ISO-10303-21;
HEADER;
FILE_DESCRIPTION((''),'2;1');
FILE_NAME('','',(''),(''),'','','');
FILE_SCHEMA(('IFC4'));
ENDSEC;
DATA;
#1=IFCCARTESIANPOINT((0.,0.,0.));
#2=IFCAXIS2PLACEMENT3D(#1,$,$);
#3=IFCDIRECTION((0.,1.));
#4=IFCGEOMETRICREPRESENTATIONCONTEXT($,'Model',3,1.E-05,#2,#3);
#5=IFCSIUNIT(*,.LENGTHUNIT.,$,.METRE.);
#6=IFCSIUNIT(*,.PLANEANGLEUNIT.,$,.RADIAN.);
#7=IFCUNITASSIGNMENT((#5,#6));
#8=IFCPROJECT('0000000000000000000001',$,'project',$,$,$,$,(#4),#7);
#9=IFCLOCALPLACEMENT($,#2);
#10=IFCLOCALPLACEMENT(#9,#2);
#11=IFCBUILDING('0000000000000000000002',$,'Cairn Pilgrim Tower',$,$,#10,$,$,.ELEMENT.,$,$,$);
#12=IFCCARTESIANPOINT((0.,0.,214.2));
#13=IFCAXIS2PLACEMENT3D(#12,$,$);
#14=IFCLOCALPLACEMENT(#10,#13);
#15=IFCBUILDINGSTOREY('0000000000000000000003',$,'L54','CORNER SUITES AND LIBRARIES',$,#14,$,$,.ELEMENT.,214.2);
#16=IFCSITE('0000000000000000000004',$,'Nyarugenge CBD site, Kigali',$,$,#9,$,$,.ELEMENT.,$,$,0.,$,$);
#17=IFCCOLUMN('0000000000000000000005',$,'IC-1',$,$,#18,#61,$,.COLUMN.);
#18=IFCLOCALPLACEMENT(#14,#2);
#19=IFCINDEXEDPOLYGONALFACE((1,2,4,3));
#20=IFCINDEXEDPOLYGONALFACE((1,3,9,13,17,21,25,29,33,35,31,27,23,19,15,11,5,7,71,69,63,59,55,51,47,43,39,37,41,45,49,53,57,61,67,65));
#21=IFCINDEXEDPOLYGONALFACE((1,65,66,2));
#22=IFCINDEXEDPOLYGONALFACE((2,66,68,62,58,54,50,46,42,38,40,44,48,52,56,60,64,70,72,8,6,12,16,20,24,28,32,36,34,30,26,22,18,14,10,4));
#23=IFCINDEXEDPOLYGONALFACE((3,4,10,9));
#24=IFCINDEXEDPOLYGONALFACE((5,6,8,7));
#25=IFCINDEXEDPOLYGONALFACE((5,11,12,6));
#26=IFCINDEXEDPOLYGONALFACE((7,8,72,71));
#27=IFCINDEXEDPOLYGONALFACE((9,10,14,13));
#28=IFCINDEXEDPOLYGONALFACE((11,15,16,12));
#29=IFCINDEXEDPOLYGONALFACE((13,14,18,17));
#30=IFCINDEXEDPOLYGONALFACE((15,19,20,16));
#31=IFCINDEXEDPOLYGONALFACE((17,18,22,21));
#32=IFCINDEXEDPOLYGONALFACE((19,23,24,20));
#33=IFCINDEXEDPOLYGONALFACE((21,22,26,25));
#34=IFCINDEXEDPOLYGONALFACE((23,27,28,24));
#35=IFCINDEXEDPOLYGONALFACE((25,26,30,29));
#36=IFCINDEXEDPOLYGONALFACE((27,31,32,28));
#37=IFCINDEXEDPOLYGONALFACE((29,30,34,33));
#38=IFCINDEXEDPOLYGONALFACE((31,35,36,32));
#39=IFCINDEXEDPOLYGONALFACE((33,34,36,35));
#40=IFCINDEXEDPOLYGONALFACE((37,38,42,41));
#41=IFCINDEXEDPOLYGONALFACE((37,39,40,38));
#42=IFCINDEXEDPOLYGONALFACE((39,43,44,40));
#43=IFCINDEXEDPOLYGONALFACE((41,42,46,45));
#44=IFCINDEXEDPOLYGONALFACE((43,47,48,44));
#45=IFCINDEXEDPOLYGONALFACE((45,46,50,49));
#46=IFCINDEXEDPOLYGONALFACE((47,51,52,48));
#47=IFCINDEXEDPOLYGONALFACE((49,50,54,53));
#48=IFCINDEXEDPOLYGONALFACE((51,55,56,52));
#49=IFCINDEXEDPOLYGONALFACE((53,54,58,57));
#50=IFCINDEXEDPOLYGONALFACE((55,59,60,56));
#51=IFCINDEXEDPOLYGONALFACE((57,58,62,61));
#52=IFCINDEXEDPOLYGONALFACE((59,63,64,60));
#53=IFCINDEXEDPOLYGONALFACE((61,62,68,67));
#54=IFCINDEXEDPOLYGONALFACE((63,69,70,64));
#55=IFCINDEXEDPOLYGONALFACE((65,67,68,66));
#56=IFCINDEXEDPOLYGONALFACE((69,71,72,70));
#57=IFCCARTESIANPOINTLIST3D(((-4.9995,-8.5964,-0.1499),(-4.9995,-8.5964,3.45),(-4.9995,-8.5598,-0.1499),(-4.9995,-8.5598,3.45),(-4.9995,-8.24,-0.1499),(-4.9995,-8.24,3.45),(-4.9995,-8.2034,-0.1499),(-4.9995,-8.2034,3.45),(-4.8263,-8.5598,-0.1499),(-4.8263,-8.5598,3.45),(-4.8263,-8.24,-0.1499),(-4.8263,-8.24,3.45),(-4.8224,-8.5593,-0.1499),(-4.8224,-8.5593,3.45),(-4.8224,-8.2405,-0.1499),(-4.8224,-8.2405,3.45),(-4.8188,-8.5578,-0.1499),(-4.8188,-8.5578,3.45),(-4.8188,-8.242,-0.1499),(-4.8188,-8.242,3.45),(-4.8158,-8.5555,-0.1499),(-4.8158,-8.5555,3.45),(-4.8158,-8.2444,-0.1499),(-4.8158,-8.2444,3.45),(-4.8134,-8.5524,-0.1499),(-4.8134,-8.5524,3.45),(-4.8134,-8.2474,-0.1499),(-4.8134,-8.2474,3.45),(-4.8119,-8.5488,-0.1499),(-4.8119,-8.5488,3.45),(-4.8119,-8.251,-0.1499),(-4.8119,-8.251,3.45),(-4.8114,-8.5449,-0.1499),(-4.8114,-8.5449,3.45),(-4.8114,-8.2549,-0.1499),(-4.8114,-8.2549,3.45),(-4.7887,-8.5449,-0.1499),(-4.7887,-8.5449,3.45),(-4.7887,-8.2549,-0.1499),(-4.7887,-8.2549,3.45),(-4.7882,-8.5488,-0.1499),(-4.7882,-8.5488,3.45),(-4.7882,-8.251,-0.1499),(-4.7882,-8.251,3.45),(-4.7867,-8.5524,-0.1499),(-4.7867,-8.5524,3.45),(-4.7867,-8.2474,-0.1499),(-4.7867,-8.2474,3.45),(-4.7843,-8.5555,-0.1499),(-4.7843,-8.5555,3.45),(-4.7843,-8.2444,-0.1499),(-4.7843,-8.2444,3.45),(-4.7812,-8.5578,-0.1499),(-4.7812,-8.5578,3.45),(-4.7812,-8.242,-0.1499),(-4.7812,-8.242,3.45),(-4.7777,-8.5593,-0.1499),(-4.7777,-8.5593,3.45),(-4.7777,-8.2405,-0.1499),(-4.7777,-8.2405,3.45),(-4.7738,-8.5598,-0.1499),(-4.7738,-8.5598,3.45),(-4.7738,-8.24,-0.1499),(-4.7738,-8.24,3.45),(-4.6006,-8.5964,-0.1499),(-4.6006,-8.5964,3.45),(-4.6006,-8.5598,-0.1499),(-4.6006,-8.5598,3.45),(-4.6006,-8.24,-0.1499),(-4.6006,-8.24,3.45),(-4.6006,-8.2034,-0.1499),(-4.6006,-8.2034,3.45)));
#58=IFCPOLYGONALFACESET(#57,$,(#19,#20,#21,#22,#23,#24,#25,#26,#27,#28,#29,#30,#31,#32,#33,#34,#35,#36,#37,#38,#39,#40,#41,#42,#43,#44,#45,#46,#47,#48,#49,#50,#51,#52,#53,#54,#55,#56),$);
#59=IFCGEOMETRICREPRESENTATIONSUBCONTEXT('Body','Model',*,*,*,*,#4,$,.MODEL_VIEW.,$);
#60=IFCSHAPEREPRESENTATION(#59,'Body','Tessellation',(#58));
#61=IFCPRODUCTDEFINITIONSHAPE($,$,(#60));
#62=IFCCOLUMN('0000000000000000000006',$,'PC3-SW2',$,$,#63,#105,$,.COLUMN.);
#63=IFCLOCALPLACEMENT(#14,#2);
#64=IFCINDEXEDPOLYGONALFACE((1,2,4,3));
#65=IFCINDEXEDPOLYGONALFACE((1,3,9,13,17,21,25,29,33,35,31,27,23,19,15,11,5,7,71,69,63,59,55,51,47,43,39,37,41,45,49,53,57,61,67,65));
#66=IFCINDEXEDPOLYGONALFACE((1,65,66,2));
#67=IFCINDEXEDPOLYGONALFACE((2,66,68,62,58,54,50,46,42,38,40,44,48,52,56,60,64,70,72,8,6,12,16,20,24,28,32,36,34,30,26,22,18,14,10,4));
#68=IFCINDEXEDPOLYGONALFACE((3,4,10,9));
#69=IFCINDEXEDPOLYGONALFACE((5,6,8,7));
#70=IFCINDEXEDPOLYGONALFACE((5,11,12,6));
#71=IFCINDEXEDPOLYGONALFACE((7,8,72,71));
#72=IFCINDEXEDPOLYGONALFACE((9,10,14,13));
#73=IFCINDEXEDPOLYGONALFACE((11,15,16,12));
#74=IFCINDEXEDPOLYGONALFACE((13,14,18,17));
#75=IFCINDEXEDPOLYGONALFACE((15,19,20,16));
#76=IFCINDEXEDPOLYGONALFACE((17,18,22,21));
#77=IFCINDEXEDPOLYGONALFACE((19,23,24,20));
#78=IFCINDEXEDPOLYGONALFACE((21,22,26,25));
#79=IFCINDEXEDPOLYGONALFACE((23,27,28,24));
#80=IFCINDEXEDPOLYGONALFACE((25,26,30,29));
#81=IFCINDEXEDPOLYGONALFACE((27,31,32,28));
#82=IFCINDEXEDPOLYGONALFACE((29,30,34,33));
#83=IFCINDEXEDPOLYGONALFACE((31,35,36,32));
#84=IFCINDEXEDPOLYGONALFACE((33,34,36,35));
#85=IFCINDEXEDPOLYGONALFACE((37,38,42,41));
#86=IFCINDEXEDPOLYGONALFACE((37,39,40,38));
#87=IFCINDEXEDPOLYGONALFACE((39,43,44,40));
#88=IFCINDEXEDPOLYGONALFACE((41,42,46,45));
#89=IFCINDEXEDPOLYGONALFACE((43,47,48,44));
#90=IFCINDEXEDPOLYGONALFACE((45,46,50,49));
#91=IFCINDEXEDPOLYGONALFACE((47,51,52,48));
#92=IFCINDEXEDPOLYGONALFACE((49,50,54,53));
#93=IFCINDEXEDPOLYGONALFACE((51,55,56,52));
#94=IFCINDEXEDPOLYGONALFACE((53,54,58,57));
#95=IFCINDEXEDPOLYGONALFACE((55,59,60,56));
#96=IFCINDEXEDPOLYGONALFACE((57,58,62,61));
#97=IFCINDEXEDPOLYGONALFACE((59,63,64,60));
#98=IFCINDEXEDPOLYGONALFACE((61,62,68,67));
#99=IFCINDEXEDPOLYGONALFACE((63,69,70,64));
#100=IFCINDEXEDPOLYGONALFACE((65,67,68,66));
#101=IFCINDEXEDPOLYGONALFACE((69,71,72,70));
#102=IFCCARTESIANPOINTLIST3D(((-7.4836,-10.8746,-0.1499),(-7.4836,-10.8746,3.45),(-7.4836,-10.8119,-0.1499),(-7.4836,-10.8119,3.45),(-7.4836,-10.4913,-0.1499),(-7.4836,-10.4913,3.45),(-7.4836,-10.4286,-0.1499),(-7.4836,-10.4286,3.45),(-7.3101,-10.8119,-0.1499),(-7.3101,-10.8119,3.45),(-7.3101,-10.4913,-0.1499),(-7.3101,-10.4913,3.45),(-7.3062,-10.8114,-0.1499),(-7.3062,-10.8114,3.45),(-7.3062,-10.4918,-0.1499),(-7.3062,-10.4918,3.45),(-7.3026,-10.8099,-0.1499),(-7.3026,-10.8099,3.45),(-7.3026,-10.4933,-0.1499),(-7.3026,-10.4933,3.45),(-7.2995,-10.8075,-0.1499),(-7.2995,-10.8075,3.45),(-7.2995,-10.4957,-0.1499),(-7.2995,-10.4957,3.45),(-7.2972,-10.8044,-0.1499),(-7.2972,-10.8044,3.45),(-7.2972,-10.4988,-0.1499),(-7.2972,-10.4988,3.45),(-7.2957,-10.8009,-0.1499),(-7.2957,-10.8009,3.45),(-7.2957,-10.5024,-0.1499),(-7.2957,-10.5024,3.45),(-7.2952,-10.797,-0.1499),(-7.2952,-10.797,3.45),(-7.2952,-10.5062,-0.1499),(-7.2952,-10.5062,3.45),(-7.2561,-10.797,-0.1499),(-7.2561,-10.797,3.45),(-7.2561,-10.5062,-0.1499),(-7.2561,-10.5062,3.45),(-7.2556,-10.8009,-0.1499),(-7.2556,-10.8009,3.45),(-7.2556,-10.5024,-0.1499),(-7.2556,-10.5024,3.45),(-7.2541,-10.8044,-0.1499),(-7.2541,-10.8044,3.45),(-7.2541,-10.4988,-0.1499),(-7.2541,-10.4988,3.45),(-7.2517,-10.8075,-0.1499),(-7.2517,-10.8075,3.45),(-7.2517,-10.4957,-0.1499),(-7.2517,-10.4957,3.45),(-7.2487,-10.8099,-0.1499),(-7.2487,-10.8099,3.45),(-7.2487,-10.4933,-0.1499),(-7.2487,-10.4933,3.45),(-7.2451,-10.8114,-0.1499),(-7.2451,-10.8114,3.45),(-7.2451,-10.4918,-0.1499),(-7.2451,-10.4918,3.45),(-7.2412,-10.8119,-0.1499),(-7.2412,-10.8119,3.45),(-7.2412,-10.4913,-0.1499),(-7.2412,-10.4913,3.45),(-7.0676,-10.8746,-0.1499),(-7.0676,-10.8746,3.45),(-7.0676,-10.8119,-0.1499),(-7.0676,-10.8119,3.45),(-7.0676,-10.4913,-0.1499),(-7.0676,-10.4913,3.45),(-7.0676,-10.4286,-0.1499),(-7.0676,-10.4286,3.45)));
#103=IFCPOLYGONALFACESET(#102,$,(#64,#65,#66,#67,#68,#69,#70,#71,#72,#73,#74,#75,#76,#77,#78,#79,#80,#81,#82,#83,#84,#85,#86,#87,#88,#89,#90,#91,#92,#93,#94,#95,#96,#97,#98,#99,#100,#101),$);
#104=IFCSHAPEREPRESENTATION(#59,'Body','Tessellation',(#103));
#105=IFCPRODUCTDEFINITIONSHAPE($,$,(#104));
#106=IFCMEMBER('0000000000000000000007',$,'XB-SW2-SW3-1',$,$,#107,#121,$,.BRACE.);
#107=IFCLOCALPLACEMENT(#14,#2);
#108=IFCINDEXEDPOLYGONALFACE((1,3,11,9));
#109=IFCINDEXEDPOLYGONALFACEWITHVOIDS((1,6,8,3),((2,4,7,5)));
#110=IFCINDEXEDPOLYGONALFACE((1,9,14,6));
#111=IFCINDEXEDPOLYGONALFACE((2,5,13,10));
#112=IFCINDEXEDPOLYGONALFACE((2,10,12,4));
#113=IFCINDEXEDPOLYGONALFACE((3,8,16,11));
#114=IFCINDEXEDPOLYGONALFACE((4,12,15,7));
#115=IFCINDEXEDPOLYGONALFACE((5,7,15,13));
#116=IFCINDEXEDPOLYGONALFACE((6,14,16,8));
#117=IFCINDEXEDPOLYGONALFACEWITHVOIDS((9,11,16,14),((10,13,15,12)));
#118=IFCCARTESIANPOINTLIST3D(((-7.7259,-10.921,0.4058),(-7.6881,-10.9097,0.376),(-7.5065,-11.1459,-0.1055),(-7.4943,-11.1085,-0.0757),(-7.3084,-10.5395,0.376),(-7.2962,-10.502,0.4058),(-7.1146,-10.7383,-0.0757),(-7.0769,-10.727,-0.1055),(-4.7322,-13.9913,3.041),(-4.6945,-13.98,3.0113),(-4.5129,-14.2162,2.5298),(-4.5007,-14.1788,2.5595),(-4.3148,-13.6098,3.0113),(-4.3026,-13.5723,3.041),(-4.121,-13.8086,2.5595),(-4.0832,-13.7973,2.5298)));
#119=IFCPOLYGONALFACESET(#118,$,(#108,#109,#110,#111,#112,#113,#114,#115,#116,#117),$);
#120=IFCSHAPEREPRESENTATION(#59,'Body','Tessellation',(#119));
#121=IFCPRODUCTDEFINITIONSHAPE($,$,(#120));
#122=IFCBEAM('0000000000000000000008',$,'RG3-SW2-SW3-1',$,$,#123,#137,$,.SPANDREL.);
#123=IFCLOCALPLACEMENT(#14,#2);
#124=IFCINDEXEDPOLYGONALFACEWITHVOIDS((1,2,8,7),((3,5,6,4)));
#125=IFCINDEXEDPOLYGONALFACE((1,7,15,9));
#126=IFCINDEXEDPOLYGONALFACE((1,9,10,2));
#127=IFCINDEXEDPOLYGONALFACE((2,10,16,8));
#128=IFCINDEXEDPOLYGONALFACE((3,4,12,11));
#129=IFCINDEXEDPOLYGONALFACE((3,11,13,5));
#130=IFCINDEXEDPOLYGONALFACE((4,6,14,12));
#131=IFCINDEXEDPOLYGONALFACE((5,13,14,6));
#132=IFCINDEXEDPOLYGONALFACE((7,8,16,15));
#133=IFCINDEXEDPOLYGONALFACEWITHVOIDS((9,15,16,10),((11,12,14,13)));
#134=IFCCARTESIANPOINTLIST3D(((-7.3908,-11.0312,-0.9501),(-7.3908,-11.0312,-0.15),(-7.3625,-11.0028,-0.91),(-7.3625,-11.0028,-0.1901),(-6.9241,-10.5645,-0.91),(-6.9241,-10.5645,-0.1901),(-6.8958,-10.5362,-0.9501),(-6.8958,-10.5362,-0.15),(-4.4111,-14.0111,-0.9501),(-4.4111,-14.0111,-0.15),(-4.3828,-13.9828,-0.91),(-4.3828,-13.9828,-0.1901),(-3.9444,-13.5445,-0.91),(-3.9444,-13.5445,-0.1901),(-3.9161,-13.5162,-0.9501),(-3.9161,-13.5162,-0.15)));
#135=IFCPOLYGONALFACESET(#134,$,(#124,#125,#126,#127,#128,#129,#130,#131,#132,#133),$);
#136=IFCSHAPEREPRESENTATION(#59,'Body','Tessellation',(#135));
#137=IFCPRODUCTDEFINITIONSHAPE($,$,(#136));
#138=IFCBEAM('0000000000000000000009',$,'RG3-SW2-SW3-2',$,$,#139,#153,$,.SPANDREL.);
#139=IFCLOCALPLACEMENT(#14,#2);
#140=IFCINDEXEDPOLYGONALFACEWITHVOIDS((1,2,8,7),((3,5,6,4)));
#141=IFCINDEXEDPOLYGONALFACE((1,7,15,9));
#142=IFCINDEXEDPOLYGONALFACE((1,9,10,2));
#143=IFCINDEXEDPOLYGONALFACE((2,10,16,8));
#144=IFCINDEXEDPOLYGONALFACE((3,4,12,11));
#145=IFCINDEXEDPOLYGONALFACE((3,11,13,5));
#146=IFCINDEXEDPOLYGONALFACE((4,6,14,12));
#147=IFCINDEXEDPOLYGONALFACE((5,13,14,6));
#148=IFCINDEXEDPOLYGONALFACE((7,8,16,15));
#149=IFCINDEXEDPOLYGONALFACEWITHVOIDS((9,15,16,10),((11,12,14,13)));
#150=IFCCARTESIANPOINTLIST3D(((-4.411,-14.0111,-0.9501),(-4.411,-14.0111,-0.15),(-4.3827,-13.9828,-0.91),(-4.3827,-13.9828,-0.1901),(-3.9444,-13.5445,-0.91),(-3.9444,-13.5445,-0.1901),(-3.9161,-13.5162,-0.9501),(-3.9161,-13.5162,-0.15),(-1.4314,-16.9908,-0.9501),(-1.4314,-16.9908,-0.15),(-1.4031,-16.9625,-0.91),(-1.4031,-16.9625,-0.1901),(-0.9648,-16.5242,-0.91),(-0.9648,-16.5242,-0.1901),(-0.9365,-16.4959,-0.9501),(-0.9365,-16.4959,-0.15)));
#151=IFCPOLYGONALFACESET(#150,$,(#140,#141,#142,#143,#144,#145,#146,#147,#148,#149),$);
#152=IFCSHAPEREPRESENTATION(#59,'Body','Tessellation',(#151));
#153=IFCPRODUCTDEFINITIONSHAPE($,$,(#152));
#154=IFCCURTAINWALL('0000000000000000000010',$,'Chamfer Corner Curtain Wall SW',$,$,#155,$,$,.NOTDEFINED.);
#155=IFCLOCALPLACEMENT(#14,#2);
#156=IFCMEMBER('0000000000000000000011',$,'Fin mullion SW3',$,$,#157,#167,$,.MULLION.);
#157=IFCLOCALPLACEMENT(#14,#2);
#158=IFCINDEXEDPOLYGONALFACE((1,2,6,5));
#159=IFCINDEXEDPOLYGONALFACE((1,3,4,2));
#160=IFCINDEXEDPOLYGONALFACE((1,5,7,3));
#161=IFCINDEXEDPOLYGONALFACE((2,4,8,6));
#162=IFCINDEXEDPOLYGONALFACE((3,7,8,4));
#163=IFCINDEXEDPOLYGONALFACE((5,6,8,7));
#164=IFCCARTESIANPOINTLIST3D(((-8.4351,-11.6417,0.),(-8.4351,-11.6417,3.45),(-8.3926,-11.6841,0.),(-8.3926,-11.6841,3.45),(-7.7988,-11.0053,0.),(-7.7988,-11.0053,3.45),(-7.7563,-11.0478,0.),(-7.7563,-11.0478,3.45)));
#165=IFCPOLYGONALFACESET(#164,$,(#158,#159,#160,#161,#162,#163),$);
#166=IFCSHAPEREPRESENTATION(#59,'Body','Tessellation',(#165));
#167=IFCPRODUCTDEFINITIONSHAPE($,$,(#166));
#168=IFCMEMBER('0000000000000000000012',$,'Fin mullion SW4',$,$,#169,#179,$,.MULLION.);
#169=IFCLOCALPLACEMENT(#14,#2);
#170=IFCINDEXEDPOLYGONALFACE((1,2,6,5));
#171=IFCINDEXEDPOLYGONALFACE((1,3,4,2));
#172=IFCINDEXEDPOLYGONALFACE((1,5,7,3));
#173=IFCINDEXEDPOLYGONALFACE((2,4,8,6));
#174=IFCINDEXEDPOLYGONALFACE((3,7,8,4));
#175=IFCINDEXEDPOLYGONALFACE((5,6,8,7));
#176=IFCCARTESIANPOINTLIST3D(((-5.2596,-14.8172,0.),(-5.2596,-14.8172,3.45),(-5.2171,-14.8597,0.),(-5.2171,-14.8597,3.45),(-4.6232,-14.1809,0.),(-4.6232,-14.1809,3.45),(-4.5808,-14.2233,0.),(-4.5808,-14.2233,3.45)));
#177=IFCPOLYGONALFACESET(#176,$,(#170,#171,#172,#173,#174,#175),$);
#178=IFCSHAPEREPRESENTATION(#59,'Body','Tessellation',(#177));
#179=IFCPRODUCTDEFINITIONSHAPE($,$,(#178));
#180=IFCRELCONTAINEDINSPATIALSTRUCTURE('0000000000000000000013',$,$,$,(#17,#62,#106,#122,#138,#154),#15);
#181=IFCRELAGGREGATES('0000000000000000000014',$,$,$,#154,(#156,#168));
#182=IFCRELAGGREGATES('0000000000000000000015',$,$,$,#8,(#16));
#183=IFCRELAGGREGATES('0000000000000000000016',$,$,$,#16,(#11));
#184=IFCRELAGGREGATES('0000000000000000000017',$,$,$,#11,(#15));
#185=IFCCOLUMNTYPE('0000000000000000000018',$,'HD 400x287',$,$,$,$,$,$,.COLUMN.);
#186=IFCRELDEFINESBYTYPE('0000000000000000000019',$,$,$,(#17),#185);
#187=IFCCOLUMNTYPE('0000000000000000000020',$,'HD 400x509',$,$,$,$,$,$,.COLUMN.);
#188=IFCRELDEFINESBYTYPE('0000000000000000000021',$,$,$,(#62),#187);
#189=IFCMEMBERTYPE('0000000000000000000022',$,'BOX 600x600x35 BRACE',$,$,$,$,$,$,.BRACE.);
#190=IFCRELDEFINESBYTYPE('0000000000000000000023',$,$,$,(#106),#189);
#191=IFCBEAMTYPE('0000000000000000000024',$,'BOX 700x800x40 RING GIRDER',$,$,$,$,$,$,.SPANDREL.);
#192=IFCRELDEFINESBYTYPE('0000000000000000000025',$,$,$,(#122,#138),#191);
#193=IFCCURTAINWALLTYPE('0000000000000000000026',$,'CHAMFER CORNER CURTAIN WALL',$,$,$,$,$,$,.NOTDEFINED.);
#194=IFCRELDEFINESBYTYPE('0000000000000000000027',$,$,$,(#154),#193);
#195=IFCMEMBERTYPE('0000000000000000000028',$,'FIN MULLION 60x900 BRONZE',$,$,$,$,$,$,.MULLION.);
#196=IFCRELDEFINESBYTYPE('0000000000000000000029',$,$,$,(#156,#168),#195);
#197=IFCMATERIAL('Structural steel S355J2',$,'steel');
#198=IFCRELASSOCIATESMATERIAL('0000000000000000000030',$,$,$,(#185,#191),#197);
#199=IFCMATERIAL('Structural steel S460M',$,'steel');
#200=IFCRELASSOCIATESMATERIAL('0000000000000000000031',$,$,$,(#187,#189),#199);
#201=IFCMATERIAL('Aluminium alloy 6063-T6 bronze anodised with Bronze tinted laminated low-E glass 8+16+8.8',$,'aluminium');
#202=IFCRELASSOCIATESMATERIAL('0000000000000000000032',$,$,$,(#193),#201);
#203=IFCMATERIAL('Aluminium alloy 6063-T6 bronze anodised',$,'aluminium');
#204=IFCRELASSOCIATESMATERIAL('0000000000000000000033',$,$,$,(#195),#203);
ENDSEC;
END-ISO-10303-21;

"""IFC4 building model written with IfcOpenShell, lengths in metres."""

from ifc_helpers import new_model, si_unit, direction, frame, origin, origin_2d, place, context, subcontext, project, spatial, rectangle, hollow_rectangle, i_section, extrude, material, material_profile, profile_set, type_object, element, aggregate, save


model = new_model("IFC4")

# Units and contexts
model_context = context("Model", 3, precision=1e-05, world=origin(), true_north=direction((0.0, 1.0)))
body_context = subcontext(model_context, "Body", "Model", "MODEL_VIEW")
ifc_project = project(units=[si_unit("LENGTHUNIT", "METRE"), si_unit("PLANEANGLEUNIT", "RADIAN")], contexts=[model_context])

# Site, building, storey
site_placement = place(None, origin())
site = spatial("IfcSite", under=ifc_project, at=site_placement, Name="Nyarugenge CBD site, Kigali", CompositionType="ELEMENT", RefElevation=0.0)
building_placement = place(site_placement, origin())
building = spatial("IfcBuilding", under=site, at=building_placement, Name="Cairn Pilgrim Tower", CompositionType="ELEMENT")
storey_placement = place(building_placement, frame((0.0, 0.0, 214.2)))
storey = spatial("IfcBuildingStorey", under=building, at=storey_placement, Name="L54", Description="CORNER SUITES AND LIBRARIES", CompositionType="ELEMENT", Elevation=214.2)

# Columns
ifc_material_1 = material(Name="Structural steel S355J2", Category="steel")
ifc_material_profile_1 = material_profile(ifc_material_1, i_section(OverallWidth=0.3989, OverallDepth=0.3931, WebThickness=0.0227, FlangeThickness=0.0366, FilletRadius=0.0149, at=origin_2d()), Name="HD 400x287")
ifc_profile_set_1 = profile_set([ifc_material_profile_1], Name="Structural steel S355J2")
column_type_1 = type_object("IfcColumnType", Name="HD 400x287", PredefinedType="COLUMN", material=ifc_profile_set_1)
column_1_placement = place(storey_placement, frame((-4.8, -8.3999, -0.1499), z_axis=(0.0, 0.0, 1.0), x_axis=(1.0, 0.0, 0.0)))
element("IfcColumn", 1, at=column_1_placement, inside=storey, type_object=column_type_1, Name="IC-1", PredefinedType="COLUMN", context=body_context, shape_type="SweptSolid", body=[
    extrude(i_section(OverallWidth=0.3989, OverallDepth=0.3931, WebThickness=0.0227, FlangeThickness=0.0366, FilletRadius=0.0149, at=origin_2d()), origin(), (0.0, 0.0, 1.0), 3.5999),
])
ifc_material_2 = material(Name="Structural steel S460M", Category="steel")
ifc_material_profile_2 = material_profile(ifc_material_2, i_section(OverallWidth=0.416, OverallDepth=0.446, WebThickness=0.0391, FlangeThickness=0.0627, FilletRadius=0.0149, at=origin_2d()), Name="HD 400x509")
ifc_profile_set_2 = profile_set([ifc_material_profile_2], Name="Structural steel S460M")
column_type_2 = type_object("IfcColumnType", Name="HD 400x509", PredefinedType="COLUMN", material=ifc_profile_set_2)
column_2_placement = place(storey_placement, frame((-7.2756, -10.6516, -0.1499), z_axis=(0.0, 0.0, 1.0), x_axis=(1.0, 0.0, 0.0)))
element("IfcColumn", 2, at=column_2_placement, inside=storey, type_object=column_type_2, Name="PC3-SW2", PredefinedType="COLUMN", context=body_context, shape_type="SweptSolid", body=[
    extrude(i_section(OverallWidth=0.416, OverallDepth=0.446, WebThickness=0.0391, FlangeThickness=0.0627, FilletRadius=0.0149, at=origin_2d()), origin(), (0.0, 0.0, 1.0), 3.5999),
])

# Member
ifc_material_profile_3 = material_profile(ifc_material_2, hollow_rectangle(XDim=0.6001, YDim=0.6001, WallThickness=0.0349, at=origin_2d()), Name="BOX 600x600x35")
ifc_profile_set_3 = profile_set([ifc_material_profile_3], Name="Structural steel S460M")
member_type_1 = type_object("IfcMemberType", Name="BOX 600x600x35 BRACE", PredefinedType="BRACE", material=ifc_profile_set_3)
member_1_placement = place(storey_placement, frame((-7.4014, -10.824, 0.1501), z_axis=(0.594778, -0.610009, 0.523572), x_axis=(0.715989, 0.698112, 0.0)))
element("IfcMember", 3, at=member_1_placement, inside=storey, type_object=member_type_1, Name="XB-SW2-SW3-1", PredefinedType="BRACE", context=body_context, shape_type="SweptSolid", body=[
    extrude(hollow_rectangle(XDim=0.6001, YDim=0.6001, WallThickness=0.0349, at=origin_2d()), origin(), (0.0, 0.0, 1.0), 5.0332),
])

# Beams
ifc_material_profile_4 = material_profile(ifc_material_1, hollow_rectangle(XDim=0.7, YDim=0.8, WallThickness=0.04, at=origin_2d()), Name="BOX 700x800x40")
ifc_profile_set_4 = profile_set([ifc_material_profile_4], Name="Structural steel S355J2")
beam_type_1 = type_object("IfcBeamType", Name="BOX 700x800x40 RING GIRDER", PredefinedType="SPANDREL", material=ifc_profile_set_4)
beam_1_placement = place(storey_placement, frame((-7.1433, -10.7837, -0.55), z_axis=(0.707078, -0.707136, 0.0), x_axis=(0.707136, 0.707078, 0.0)))
element("IfcBeam", 4, at=beam_1_placement, inside=storey, type_object=beam_type_1, Name="RG3-SW2-SW3-1", PredefinedType="SPANDREL", context=body_context, shape_type="SweptSolid", body=[
    extrude(hollow_rectangle(XDim=0.7, YDim=0.8, WallThickness=0.04, at=origin_2d()), origin(), (0.0, 0.0, 1.0), 4.2141),
])
beam_2_placement = place(storey_placement, frame((-4.1636, -13.7637, -0.55), z_axis=(0.707107, -0.707107, 0.0), x_axis=(0.707107, 0.707107, 0.0)))
element("IfcBeam", 5, at=beam_2_placement, inside=storey, type_object=beam_type_1, Name="RG3-SW2-SW3-2", PredefinedType="SPANDREL", context=body_context, shape_type="SweptSolid", body=[
    extrude(hollow_rectangle(XDim=0.7, YDim=0.8, WallThickness=0.04, at=origin_2d()), origin(), (0.0, 0.0, 1.0), 4.2139),
])

# Curtain wall, members
ifc_material_3 = material(Name="Aluminium alloy 6063-T6 bronze anodised with Bronze tinted laminated low-E glass 8+16+8.8", Category="aluminium")
curtain_wall_type = type_object("IfcCurtainWallType", Name="CHAMFER CORNER CURTAIN WALL", PredefinedType="NOTDEFINED", material=ifc_material_3)
curtain_wall_placement = place(storey_placement, origin())
curtain_wall = element("IfcCurtainWall", 6, at=curtain_wall_placement, inside=storey, type_object=curtain_wall_type, Name="Chamfer Corner Curtain Wall SW", PredefinedType="NOTDEFINED")
ifc_material_4 = material(Name="Aluminium alloy 6063-T6 bronze anodised", Category="aluminium")
ifc_material_profile_5 = material_profile(ifc_material_4, rectangle(XDim=0.8999, YDim=0.0601, at=origin_2d()), Name="FIN MULLION 60x900 BRONZE")
ifc_profile_set_5 = profile_set([ifc_material_profile_5], Name="Aluminium alloy 6063-T6 bronze anodised")
member_type_2 = type_object("IfcMemberType", Name="FIN MULLION 60x900 BRONZE", PredefinedType="MULLION", material=ifc_profile_set_5)
member_2_placement = place(storey_placement, frame((-8.0957, -11.3447, 0.0), z_axis=(0.0, 0.0, 1.0), x_axis=(-0.707107, -0.707107, 0.0)))
member_2 = element("IfcMember", 7, at=member_2_placement, type_object=member_type_2, Name="Fin mullion SW3", PredefinedType="MULLION", context=body_context, shape_type="SweptSolid", body=[
    extrude(rectangle(XDim=0.8999, YDim=0.0601, at=origin_2d()), origin(), (0.0, 0.0, 1.0), 3.45),
])
member_3_placement = place(storey_placement, frame((-4.9202, -14.5203, 0.0), z_axis=(0.0, 0.0, 1.0), x_axis=(-0.707107, -0.707107, 0.0)))
member_3 = element("IfcMember", 8, at=member_3_placement, type_object=member_type_2, Name="Fin mullion SW4", PredefinedType="MULLION", context=body_context, shape_type="SweptSolid", body=[
    extrude(rectangle(XDim=0.8999, YDim=0.0601, at=origin_2d()), origin(), (0.0, 0.0, 1.0), 3.45),
])

aggregate(curtain_wall, [member_2, member_3])

save(model, "model.ifc")
